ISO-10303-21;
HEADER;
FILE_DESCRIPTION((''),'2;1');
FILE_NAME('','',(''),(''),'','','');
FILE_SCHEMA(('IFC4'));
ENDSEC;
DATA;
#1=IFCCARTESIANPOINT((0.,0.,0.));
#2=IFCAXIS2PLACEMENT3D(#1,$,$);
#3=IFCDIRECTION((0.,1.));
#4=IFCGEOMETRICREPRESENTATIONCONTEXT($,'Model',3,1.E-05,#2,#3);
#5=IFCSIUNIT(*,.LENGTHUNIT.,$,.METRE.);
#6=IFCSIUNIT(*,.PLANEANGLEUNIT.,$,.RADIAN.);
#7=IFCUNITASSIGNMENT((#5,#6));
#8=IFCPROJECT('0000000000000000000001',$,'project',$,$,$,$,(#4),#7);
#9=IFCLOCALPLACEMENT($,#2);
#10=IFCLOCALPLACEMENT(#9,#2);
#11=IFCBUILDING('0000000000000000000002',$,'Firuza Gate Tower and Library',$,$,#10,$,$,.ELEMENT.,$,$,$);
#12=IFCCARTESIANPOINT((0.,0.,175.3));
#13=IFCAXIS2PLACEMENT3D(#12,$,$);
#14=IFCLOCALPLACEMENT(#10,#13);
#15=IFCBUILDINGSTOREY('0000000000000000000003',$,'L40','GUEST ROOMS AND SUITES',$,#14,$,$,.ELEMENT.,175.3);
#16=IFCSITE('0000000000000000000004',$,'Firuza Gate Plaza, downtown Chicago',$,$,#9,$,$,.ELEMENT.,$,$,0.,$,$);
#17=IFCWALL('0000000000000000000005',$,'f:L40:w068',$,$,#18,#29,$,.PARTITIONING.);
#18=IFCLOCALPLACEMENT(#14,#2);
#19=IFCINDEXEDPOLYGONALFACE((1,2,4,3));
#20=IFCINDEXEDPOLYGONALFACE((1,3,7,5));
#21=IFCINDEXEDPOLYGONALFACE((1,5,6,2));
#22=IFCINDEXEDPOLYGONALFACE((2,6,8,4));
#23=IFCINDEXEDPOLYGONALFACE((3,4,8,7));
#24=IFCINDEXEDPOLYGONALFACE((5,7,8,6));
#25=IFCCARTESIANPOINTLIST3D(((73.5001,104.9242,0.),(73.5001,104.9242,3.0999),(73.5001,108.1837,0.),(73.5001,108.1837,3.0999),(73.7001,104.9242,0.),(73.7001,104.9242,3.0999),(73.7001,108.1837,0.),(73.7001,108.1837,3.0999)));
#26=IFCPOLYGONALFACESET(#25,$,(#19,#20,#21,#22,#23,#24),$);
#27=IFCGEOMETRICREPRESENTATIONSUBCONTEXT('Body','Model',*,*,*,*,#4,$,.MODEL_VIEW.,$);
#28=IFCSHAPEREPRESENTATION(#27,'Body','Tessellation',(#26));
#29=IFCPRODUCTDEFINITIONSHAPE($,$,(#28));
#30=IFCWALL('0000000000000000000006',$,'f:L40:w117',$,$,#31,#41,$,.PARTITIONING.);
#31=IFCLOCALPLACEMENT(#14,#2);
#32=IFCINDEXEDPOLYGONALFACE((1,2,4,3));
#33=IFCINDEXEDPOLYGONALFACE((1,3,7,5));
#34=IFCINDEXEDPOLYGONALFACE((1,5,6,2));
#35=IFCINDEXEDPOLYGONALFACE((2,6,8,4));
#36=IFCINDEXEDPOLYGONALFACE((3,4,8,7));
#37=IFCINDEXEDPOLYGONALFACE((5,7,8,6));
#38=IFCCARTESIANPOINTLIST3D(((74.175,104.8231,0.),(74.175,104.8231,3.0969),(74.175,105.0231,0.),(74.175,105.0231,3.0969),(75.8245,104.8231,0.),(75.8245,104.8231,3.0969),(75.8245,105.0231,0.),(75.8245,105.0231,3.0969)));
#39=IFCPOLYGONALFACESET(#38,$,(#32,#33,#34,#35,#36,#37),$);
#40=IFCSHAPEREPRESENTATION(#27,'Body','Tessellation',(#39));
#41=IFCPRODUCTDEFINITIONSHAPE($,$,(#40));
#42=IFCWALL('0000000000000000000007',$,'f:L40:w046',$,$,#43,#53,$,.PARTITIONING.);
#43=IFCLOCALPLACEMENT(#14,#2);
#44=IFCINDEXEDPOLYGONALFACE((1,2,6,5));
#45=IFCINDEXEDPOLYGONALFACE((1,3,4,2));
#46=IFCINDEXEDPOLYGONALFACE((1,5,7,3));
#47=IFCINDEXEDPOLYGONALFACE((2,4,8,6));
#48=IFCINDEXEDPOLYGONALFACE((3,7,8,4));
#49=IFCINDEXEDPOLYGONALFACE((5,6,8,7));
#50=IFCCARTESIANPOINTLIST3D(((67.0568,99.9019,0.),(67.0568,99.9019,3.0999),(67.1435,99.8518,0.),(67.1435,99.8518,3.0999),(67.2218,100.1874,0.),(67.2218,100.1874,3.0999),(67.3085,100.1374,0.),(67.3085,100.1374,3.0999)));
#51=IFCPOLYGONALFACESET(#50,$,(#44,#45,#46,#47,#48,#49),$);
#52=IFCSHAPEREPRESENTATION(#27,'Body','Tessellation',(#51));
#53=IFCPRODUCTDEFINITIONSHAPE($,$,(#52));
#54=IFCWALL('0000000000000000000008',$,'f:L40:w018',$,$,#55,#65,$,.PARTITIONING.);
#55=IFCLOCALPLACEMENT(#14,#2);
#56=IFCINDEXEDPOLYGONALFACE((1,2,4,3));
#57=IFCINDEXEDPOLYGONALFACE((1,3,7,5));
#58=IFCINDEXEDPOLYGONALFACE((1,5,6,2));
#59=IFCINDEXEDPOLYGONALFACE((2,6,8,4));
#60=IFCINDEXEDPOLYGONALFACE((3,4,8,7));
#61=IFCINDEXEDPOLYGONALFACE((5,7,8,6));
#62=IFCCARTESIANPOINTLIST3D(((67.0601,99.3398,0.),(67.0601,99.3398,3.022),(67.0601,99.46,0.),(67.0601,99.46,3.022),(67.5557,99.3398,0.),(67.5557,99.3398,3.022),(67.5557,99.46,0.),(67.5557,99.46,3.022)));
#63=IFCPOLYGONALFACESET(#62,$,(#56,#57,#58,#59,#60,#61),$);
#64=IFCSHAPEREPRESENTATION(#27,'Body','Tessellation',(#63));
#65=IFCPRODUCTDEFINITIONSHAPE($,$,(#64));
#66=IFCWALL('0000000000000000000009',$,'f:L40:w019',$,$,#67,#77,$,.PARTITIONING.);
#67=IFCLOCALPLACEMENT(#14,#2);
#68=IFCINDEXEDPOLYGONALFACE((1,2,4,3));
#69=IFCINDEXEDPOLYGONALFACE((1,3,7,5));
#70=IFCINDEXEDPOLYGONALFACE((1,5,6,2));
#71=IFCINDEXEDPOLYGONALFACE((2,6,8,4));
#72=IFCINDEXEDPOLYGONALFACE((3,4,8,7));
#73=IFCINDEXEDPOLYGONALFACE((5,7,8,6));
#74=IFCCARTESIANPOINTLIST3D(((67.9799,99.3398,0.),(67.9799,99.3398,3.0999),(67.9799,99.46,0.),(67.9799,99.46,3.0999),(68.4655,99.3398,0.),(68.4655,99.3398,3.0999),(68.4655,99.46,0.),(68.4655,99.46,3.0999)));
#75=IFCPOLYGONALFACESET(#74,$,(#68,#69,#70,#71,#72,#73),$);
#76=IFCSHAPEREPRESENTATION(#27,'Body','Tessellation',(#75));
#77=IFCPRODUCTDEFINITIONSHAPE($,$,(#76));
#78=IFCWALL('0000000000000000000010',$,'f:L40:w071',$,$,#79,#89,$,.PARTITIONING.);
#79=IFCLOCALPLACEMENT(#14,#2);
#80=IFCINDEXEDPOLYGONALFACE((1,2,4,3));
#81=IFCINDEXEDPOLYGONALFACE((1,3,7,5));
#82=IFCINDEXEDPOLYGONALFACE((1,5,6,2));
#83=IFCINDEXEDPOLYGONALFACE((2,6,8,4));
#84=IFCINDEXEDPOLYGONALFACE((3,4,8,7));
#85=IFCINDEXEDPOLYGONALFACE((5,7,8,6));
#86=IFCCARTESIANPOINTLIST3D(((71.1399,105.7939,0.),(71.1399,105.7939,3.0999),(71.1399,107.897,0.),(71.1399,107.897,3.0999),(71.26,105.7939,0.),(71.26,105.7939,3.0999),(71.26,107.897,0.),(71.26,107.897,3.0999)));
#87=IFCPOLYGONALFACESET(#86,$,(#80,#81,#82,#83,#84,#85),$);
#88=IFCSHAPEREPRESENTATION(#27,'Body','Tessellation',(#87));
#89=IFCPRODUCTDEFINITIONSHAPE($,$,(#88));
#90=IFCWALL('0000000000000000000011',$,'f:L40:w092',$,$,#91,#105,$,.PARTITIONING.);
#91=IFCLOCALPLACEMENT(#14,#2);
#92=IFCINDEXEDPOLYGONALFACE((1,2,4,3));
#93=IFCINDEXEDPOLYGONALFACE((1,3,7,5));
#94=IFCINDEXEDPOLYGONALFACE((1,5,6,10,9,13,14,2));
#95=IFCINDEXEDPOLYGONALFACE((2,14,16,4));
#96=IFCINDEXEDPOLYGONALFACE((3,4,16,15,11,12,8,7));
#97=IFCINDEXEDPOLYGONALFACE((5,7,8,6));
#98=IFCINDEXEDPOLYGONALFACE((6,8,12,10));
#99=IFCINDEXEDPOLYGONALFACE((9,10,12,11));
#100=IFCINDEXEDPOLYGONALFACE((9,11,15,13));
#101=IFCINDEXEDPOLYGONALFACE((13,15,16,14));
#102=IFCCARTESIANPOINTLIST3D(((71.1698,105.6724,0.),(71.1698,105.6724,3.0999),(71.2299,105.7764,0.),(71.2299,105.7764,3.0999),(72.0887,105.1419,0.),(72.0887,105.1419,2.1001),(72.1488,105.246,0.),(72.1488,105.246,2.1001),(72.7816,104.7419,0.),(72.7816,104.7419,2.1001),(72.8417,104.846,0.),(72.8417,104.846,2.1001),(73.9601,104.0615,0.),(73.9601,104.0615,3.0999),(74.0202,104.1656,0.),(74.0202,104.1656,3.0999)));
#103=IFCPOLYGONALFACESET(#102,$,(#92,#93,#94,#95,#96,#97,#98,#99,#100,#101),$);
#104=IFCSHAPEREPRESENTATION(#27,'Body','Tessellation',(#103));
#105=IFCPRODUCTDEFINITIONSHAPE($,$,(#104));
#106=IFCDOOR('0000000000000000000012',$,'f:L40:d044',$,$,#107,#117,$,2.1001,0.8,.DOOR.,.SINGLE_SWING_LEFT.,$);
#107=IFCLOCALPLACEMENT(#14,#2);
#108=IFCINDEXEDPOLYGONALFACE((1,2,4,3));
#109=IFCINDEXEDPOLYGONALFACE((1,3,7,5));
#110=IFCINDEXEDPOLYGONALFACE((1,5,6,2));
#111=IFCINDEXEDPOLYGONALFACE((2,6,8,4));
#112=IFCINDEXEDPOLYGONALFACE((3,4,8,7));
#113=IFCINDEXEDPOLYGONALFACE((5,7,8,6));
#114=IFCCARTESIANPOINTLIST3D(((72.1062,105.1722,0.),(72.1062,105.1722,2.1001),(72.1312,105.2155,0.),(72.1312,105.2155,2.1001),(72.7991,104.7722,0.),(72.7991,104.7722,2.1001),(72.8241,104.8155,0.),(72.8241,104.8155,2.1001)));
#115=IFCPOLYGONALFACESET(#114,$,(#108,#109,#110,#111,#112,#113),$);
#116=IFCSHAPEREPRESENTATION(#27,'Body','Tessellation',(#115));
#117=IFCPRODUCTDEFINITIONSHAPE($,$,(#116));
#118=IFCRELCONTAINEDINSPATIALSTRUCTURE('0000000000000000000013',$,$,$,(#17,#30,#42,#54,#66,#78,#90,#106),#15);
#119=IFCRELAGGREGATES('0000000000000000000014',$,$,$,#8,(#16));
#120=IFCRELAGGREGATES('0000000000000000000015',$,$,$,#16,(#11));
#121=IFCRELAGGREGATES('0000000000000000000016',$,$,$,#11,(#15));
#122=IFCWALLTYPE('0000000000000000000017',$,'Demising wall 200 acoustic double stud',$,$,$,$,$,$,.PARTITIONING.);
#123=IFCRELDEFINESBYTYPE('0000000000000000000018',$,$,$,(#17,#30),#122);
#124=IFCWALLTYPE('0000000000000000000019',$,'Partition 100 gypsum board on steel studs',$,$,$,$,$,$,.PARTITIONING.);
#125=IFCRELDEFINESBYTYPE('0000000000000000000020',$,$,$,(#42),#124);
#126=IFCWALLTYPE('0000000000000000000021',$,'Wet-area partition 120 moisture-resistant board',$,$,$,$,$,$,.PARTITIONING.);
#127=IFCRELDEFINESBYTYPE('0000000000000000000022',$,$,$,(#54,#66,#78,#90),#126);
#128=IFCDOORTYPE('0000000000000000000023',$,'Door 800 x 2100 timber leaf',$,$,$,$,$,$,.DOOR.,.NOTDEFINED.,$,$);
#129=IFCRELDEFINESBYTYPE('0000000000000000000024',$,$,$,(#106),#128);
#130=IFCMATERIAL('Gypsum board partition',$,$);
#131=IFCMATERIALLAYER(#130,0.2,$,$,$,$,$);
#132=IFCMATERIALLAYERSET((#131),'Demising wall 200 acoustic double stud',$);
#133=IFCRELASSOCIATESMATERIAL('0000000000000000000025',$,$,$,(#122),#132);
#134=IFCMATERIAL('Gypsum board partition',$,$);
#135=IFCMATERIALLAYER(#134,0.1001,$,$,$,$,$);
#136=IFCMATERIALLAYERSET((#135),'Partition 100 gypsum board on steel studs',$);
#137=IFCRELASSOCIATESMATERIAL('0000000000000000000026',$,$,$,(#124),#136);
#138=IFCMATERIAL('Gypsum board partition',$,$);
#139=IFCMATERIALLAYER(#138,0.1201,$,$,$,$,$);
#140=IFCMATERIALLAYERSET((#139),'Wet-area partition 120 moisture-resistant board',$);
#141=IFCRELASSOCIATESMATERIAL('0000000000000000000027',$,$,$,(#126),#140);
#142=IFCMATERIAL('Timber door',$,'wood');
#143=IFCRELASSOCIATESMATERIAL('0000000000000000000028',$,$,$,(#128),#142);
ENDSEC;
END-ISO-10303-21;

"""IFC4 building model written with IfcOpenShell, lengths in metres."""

from ifc_helpers import new_model, si_unit, direction, frame, frame_2d, origin, place, context, subcontext, project, spatial, rectangle, extrude, material, layer, layer_set, type_object, element, fill, save


model = new_model("IFC4")

# Units and contexts
model_context = context("Model", 3, precision=1e-05, world=origin(), true_north=direction((0.0, 1.0)))
body_context = subcontext(model_context, "Body", "Model", "MODEL_VIEW")
ifc_project = project(units=[si_unit("LENGTHUNIT", "METRE"), si_unit("PLANEANGLEUNIT", "RADIAN")], contexts=[model_context])

# Site, building, storey
site_placement = place(None, origin())
site = spatial("IfcSite", under=ifc_project, at=site_placement, Name="Firuza Gate Plaza, downtown Chicago", CompositionType="ELEMENT", RefElevation=0.0)
building_placement = place(site_placement, origin())
building = spatial("IfcBuilding", under=site, at=building_placement, Name="Firuza Gate Tower and Library", CompositionType="ELEMENT")
storey_placement = place(building_placement, frame((0.0, 0.0, 175.3)))
storey = spatial("IfcBuildingStorey", under=building, at=storey_placement, Name="L40", Description="GUEST ROOMS AND SUITES", CompositionType="ELEMENT", Elevation=175.3)

# Walls
ifc_material_1 = material(Name="Gypsum board partition")
ifc_layer_1 = layer(ifc_material_1, 0.2)
ifc_layer_set_1 = layer_set([ifc_layer_1], Name="Demising wall 200 acoustic double stud")
wall_type_1 = type_object("IfcWallType", Name="Demising wall 200 acoustic double stud", PredefinedType="PARTITIONING", material=ifc_layer_set_1)
wall_1_placement = place(storey_placement, frame((73.6001, 104.9241, 0.0), z_axis=(0.0, 0.0, 1.0), x_axis=(0.0, 1.0, 0.0)))
element("IfcWall", 1, at=wall_1_placement, inside=storey, type_object=wall_type_1, Name="f:L40:w068", PredefinedType="PARTITIONING", context=body_context, shape_type="SweptSolid", body=[
    extrude(rectangle(XDim=3.2595, YDim=0.2, at=frame_2d((1.6299, 0.0))), origin(), (0.0, 0.0, 1.0), 3.0999),
])
wall_2_placement = place(storey_placement, frame((74.175, 104.9231, 0.0), z_axis=(0.0, 0.0, 1.0), x_axis=(1.0, 0.0, 0.0)))
element("IfcWall", 2, at=wall_2_placement, inside=storey, type_object=wall_type_1, Name="f:L40:w117", PredefinedType="PARTITIONING", context=body_context, shape_type="SweptSolid", body=[
    extrude(rectangle(XDim=1.6494, YDim=0.2, at=frame_2d((0.8247, 0.0))), origin(), (0.0, 0.0, 1.0), 3.0969),
])
ifc_material_2 = material(Name="Gypsum board partition")
ifc_layer_2 = layer(ifc_material_2, 0.1001)
ifc_layer_set_2 = layer_set([ifc_layer_2], Name="Partition 100 gypsum board on steel studs")
wall_type_2 = type_object("IfcWallType", Name="Partition 100 gypsum board on steel studs", PredefinedType="PARTITIONING", material=ifc_layer_set_2)
wall_3_placement = place(storey_placement, frame((67.1001, 99.8767, 0.0), z_axis=(0.0, 0.0, 1.0), x_axis=(0.500278, 0.865865, 0.0)))
element("IfcWall", 3, at=wall_3_placement, inside=storey, type_object=wall_type_2, Name="f:L40:w046", PredefinedType="PARTITIONING", context=body_context, shape_type="SweptSolid", body=[
    extrude(rectangle(XDim=0.3298, YDim=0.1001, at=frame_2d((0.165, 0.0))), origin(), (0.0, 0.0, 1.0), 3.0999),
])
ifc_material_3 = material(Name="Gypsum board partition")
ifc_layer_3 = layer(ifc_material_3, 0.1201)
ifc_layer_set_3 = layer_set([ifc_layer_3], Name="Wet-area partition 120 moisture-resistant board")
wall_type_3 = type_object("IfcWallType", Name="Wet-area partition 120 moisture-resistant board", PredefinedType="PARTITIONING", material=ifc_layer_set_3)
wall_4_placement = place(storey_placement, frame((67.0601, 99.3999, 0.0), z_axis=(0.0, 0.0, 1.0), x_axis=(1.0, 0.0, 0.0)))
element("IfcWall", 4, at=wall_4_placement, inside=storey, type_object=wall_type_3, Name="f:L40:w018", PredefinedType="PARTITIONING", context=body_context, shape_type="SweptSolid", body=[
    extrude(rectangle(XDim=0.4956, YDim=0.1201, at=frame_2d((0.2478, 0.0))), origin(), (0.0, 0.0, 1.0), 3.022),
])
wall_5_placement = place(storey_placement, frame((67.98, 99.3999, 0.0), z_axis=(0.0, 0.0, 1.0), x_axis=(1.0, 0.0, 0.0)))
element("IfcWall", 5, at=wall_5_placement, inside=storey, type_object=wall_type_3, Name="f:L40:w019", PredefinedType="PARTITIONING", context=body_context, shape_type="SweptSolid", body=[
    extrude(rectangle(XDim=0.4856, YDim=0.1201, at=frame_2d((0.2427, 0.0))), origin(), (0.0, 0.0, 1.0), 3.0999),
])
wall_6_placement = place(storey_placement, frame((71.2, 105.7939, 0.0), z_axis=(0.0, 0.0, 1.0), x_axis=(0.0, 1.0, 0.0)))
element("IfcWall", 6, at=wall_6_placement, inside=storey, type_object=wall_type_3, Name="f:L40:w071", PredefinedType="PARTITIONING", context=body_context, shape_type="SweptSolid", body=[
    extrude(rectangle(XDim=2.103, YDim=0.1201, at=frame_2d((1.0515, 0.0))), origin(), (0.0, 0.0, 1.0), 3.0999),
])

# Wall, opening, door
wall_7_placement = place(storey_placement, frame((71.2, 105.7244, 0.0), z_axis=(0.0, 0.0, 1.0), x_axis=(0.866043, -0.49997, 0.0)))
wall_7 = element("IfcWall", 7, at=wall_7_placement, inside=storey, type_object=wall_type_3, Name="f:L40:w092", PredefinedType="PARTITIONING", context=body_context, shape_type="SweptSolid", body=[
    extrude(rectangle(XDim=3.2219, YDim=0.1201, at=frame_2d((1.6108, 0.0))), origin(), (0.0, 0.0, 1.0), 3.0999),
])
opening_placement = place(wall_7_placement, frame((1.061, 0.0, 0.0)))
opening = element("IfcOpeningElement", 8, at=opening_placement, cuts=wall_7, PredefinedType="OPENING", context=body_context, shape_type="SweptSolid", body=[
    extrude(rectangle(XDim=0.8, YDim=2.1001, at=frame_2d((0.3999, 1.05))), frame((0.0, 0.0701, 0.0), z_axis=(0.0, -1.0, 0.0), x_axis=(1.0, 0.0, 0.0)), (0.0, 0.0, 1.0), 0.1401),
])
ifc_material_4 = material(Name="Timber door", Category="wood")
door_type = type_object("IfcDoorType", Name="Door 800 x 2100 timber leaf", OperationType="NOTDEFINED", PredefinedType="DOOR", material=ifc_material_4)
door_placement = place(opening_placement, origin())
door = element("IfcDoor", 9, at=door_placement, inside=storey, type_object=door_type, Name="f:L40:d044", OperationType="SINGLE_SWING_LEFT", OverallHeight=2.1001, OverallWidth=0.8, PredefinedType="DOOR", context=body_context, shape_type="SweptSolid", body=[
    extrude(rectangle(XDim=0.8, YDim=2.1001, at=frame_2d((0.3999, 1.05))), frame((0.0, 0.0249, 0.0), z_axis=(0.0, -1.0, 0.0), x_axis=(1.0, 0.0, 0.0)), (0.0, 0.0, 1.0), 0.05),
])
fill(opening, door)

save(model, "model.ifc")
